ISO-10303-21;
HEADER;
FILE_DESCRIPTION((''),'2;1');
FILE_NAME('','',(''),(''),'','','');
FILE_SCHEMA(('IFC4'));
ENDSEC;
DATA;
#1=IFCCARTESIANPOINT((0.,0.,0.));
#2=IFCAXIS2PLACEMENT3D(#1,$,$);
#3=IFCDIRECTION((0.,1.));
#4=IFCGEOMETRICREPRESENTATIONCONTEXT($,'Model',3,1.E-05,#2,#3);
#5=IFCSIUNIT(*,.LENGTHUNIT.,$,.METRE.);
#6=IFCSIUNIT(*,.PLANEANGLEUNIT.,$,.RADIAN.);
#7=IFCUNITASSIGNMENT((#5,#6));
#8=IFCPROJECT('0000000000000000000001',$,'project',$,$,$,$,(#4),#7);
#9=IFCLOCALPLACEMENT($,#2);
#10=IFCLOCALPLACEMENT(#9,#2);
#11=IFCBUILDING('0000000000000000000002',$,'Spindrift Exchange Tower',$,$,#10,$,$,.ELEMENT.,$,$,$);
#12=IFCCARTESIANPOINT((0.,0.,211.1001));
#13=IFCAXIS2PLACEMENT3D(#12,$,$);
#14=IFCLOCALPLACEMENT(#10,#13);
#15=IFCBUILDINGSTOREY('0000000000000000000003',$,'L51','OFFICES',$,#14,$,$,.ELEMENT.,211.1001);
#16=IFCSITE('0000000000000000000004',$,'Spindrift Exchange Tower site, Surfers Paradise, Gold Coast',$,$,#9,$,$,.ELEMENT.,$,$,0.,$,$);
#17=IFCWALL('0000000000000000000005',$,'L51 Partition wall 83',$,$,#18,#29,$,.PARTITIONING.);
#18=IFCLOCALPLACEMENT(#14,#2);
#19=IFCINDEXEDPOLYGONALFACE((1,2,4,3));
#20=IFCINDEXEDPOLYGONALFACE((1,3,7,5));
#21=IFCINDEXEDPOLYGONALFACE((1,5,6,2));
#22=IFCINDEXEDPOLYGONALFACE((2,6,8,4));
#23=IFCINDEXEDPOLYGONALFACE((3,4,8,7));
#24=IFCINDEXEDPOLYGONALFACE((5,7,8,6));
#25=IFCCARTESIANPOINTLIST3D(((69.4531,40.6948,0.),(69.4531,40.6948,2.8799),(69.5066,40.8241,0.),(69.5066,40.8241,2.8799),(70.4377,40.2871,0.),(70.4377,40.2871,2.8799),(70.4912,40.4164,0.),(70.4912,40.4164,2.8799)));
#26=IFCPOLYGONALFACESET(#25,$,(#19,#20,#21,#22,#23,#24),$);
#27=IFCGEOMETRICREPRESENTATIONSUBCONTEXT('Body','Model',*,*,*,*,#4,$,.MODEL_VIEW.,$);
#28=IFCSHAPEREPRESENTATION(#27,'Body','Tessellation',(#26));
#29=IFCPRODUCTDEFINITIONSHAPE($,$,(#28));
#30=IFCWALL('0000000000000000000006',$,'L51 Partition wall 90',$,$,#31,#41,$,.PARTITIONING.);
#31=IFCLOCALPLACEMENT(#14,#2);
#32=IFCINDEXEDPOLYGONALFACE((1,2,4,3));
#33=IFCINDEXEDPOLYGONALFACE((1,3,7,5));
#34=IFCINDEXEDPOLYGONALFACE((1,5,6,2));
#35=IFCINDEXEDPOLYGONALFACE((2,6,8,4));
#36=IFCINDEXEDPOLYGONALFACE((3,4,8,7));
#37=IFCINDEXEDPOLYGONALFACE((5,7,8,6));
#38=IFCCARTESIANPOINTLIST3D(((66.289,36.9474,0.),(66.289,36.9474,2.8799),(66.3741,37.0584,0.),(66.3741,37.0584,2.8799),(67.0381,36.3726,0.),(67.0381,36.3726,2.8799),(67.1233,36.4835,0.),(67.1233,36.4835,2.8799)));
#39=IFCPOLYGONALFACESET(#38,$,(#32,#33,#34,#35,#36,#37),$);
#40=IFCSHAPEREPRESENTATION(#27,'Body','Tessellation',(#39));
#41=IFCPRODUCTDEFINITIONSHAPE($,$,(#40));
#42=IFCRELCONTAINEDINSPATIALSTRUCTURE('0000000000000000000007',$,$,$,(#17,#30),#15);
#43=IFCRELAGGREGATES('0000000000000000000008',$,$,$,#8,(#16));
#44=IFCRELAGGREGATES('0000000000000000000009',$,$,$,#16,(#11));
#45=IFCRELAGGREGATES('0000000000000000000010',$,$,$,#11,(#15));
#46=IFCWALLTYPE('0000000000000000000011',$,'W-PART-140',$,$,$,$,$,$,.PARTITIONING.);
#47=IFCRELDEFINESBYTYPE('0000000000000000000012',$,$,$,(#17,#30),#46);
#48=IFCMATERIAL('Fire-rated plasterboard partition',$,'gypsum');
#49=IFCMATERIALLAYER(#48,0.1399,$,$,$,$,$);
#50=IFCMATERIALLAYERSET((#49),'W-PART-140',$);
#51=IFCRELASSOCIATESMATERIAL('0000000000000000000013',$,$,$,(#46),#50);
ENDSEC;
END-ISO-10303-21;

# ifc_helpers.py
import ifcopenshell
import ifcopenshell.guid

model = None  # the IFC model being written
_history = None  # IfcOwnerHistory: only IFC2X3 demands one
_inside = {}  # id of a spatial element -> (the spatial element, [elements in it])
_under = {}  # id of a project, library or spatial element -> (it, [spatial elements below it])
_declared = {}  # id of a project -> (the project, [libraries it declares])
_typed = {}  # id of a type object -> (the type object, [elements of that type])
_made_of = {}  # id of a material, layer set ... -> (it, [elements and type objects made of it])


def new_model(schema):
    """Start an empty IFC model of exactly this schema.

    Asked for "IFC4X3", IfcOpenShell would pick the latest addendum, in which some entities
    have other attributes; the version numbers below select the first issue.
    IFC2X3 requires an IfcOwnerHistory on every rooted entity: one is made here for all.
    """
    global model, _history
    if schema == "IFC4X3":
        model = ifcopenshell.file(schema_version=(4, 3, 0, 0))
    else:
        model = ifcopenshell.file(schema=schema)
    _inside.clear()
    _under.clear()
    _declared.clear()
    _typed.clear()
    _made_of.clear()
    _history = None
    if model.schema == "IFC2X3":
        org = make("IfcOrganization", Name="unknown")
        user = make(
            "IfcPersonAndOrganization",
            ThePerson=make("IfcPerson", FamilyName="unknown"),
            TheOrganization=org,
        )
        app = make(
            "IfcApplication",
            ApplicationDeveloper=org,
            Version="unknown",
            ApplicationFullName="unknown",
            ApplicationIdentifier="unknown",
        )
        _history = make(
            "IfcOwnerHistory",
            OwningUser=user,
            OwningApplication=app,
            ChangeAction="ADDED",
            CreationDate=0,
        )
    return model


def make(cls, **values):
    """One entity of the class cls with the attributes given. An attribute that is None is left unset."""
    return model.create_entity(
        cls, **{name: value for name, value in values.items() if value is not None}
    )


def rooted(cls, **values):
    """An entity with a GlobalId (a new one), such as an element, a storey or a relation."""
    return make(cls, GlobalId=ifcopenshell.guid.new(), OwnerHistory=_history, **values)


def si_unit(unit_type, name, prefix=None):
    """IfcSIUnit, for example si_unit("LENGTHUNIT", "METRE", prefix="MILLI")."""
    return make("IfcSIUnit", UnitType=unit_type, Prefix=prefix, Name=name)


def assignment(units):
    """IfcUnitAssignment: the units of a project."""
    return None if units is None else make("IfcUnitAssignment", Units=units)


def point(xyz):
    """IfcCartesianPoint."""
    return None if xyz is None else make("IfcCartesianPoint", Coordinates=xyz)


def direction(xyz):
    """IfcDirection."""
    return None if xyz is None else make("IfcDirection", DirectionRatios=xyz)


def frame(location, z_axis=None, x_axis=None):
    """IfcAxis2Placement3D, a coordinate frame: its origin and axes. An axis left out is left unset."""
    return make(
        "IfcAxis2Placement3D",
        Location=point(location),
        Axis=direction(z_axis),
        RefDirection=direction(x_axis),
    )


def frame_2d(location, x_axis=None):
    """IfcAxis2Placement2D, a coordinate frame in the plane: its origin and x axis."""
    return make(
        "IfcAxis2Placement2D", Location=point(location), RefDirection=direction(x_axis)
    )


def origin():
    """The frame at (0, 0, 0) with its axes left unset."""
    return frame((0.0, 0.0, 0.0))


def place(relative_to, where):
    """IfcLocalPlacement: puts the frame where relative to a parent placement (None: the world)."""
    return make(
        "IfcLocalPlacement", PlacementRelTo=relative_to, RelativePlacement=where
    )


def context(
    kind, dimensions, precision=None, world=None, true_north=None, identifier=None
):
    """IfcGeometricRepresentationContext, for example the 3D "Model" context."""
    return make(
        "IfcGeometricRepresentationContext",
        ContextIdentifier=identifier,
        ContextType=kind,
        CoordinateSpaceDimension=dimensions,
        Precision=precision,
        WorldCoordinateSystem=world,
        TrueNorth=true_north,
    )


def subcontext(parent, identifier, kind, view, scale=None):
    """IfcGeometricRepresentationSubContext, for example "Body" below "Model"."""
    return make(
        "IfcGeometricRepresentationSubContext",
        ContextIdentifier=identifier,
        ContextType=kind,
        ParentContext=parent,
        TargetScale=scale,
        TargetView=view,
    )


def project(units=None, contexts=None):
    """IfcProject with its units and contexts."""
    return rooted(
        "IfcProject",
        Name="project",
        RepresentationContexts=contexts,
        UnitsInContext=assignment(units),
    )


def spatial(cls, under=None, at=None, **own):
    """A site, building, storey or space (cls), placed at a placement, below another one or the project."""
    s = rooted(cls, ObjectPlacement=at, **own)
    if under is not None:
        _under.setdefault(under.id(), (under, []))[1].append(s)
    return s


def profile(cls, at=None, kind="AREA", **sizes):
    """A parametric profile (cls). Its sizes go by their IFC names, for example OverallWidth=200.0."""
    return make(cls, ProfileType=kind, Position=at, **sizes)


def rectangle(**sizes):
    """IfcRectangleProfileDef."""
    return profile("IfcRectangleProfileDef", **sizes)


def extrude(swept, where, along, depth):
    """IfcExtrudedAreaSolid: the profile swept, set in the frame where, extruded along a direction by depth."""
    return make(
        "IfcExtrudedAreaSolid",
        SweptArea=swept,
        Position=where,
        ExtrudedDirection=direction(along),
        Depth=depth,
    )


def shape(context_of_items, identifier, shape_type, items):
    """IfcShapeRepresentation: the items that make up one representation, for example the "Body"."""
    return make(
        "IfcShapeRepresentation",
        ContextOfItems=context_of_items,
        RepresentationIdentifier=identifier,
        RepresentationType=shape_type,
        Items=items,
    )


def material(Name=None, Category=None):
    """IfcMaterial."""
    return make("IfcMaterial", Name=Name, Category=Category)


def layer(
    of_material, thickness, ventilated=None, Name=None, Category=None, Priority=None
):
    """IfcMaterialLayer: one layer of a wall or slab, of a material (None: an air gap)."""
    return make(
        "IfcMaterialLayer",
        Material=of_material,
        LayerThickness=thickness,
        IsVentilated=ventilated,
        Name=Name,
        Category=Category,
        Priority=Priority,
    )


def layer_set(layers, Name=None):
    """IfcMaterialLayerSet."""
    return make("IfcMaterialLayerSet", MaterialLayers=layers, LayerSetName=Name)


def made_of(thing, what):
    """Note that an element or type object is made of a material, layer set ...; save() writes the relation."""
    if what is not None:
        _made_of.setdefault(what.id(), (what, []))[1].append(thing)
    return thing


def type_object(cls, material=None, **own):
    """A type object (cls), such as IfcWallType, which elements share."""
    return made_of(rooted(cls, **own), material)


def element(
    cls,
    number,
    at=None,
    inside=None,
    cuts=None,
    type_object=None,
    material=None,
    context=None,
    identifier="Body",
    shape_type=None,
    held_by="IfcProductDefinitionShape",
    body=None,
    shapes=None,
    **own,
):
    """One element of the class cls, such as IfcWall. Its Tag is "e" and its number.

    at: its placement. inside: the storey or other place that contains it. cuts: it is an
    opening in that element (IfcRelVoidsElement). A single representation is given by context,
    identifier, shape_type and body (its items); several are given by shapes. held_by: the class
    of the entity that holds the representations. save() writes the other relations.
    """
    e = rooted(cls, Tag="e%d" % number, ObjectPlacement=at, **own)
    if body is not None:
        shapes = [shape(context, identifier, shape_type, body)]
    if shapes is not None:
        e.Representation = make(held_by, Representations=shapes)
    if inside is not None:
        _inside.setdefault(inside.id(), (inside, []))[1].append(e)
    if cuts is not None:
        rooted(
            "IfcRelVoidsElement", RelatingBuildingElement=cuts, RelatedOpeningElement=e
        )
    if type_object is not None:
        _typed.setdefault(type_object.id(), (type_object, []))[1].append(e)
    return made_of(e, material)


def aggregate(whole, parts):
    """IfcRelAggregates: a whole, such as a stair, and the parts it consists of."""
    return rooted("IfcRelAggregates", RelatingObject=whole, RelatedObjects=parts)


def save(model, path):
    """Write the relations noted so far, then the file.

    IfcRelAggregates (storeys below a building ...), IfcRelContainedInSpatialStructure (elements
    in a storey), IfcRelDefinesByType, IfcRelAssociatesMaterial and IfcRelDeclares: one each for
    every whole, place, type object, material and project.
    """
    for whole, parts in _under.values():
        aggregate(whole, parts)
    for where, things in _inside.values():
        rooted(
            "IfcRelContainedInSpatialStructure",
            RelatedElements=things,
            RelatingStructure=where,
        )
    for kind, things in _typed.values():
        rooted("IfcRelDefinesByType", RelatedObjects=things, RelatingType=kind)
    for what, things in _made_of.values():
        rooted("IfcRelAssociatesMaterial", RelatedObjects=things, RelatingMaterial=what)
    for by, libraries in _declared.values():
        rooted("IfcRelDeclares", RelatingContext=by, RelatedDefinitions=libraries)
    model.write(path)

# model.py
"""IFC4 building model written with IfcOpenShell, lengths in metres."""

from ifc_helpers import new_model, si_unit, direction, frame, frame_2d, origin, place, context, subcontext, project, spatial, rectangle, extrude, material, layer, layer_set, type_object, element, save


model = new_model("IFC4")

# Units and contexts
model_context = context("Model", 3, precision=1e-05, world=origin(), true_north=direction((0.0, 1.0)))
body_context = subcontext(model_context, "Body", "Model", "MODEL_VIEW")
ifc_project = project(units=[si_unit("LENGTHUNIT", "METRE"), si_unit("PLANEANGLEUNIT", "RADIAN")], contexts=[model_context])

# Site, building, storey
site_placement = place(None, origin())
site = spatial("IfcSite", under=ifc_project, at=site_placement, Name="Spindrift Exchange Tower site, Surfers Paradise, Gold Coast", CompositionType="ELEMENT", RefElevation=0.0)
building_placement = place(site_placement, origin())
building = spatial("IfcBuilding", under=site, at=building_placement, Name="Spindrift Exchange Tower", CompositionType="ELEMENT")
storey_placement = place(building_placement, frame((0.0, 0.0, 211.1001)))
storey = spatial("IfcBuildingStorey", under=building, at=storey_placement, Name="L51", Description="OFFICES", CompositionType="ELEMENT", Elevation=211.1001)

# Shared definitions
ifc_material_1 = material(Name="Fire-rated plasterboard partition", Category="gypsum")

# Walls
ifc_layer_1 = layer(ifc_material_1, 0.1399)
ifc_layer_set_1 = layer_set([ifc_layer_1], Name="W-PART-140")
wall_type_1 = type_object("IfcWallType", Name="W-PART-140", PredefinedType="PARTITIONING", material=ifc_layer_set_1)
wall_1_placement = place(storey_placement, frame((70.4644, 40.3518, 0.0), z_axis=(0.0, 0.0, 1.0), x_axis=(-0.923922, 0.382581, 0.0)))
element("IfcWall", 1, at=wall_1_placement, inside=storey, type_object=wall_type_1, Name="L51 Partition wall 83", PredefinedType="PARTITIONING", context=body_context, shape_type="SweptSolid", body=[
    extrude(rectangle(XDim=1.0657, YDim=0.1399, at=frame_2d((0.5327, 0.0))), origin(), (0.0, 0.0, 1.0), 2.8799),
])
wall_2_placement = place(storey_placement, frame((66.3315, 37.0029, 0.0), z_axis=(0.0, 0.0, 1.0), x_axis=(0.793344, -0.608773, 0.0)))
element("IfcWall", 2, at=wall_2_placement, inside=storey, type_object=wall_type_1, Name="L51 Partition wall 90", PredefinedType="PARTITIONING", context=body_context, shape_type="SweptSolid", body=[
    extrude(rectangle(XDim=0.9443, YDim=0.1399, at=frame_2d((0.4722, 0.0))), origin(), (0.0, 0.0, 1.0), 2.8799),
])

save(model, "model.ifc")
